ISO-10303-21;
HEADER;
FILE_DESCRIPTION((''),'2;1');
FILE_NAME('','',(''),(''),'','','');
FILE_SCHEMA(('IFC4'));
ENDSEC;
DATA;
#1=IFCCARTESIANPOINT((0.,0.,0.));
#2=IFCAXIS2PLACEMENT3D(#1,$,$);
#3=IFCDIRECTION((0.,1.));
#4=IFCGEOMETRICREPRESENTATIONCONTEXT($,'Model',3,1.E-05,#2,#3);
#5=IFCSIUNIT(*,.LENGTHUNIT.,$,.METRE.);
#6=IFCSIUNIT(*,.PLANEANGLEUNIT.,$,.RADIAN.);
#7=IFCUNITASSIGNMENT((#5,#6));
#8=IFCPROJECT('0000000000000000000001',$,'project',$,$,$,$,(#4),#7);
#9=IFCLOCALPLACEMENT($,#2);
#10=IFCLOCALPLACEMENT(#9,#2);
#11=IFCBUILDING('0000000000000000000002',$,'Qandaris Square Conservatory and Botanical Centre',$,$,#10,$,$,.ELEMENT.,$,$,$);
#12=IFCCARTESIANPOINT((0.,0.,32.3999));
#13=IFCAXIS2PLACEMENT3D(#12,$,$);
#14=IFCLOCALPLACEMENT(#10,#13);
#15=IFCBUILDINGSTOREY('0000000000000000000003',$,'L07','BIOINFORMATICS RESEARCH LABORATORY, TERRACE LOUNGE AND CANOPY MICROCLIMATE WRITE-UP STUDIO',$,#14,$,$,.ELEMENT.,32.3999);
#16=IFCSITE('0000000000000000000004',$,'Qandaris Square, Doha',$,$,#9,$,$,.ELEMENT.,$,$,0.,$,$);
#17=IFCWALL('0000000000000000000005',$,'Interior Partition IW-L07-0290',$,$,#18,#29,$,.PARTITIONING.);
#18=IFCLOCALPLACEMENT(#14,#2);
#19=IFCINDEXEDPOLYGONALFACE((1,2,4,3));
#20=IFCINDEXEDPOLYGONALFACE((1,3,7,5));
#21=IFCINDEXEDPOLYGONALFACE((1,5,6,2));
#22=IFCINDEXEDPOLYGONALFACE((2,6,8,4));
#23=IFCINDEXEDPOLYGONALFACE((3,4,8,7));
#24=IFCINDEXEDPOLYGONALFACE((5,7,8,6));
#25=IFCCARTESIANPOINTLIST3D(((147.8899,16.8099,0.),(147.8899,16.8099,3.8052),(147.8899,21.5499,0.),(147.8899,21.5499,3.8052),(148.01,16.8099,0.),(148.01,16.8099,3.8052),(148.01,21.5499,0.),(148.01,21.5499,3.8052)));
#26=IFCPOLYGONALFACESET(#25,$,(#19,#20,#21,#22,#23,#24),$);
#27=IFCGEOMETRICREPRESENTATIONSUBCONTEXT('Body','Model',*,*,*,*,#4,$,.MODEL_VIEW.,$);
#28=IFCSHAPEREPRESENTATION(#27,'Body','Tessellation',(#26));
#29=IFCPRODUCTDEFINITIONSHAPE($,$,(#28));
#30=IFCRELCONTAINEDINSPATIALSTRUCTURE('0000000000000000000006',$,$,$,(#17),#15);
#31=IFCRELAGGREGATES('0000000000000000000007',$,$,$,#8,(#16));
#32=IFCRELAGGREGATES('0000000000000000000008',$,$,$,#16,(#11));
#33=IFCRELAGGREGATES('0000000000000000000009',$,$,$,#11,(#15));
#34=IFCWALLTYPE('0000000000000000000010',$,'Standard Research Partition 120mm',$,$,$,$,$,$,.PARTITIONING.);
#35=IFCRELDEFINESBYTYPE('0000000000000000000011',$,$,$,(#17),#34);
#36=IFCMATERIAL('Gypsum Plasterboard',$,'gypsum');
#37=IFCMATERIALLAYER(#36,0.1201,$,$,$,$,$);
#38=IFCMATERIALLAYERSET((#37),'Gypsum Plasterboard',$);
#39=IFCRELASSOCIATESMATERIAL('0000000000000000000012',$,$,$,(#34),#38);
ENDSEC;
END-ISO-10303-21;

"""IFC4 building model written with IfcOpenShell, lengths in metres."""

from ifc_helpers import new_model, si_unit, direction, frame, frame_2d, origin, place, context, subcontext, project, spatial, rectangle, extrude, material, layer, layer_set, type_object, element, save


model = new_model("IFC4")

# Units and contexts
model_context = context("Model", 3, precision=1e-05, world=origin(), true_north=direction((0.0, 1.0)))
body_context = subcontext(model_context, "Body", "Model", "MODEL_VIEW")
ifc_project = project(units=[si_unit("LENGTHUNIT", "METRE"), si_unit("PLANEANGLEUNIT", "RADIAN")], contexts=[model_context])

# Site, building, storey
site_placement = place(None, origin())
site = spatial("IfcSite", under=ifc_project, at=site_placement, Name="Qandaris Square, Doha", CompositionType="ELEMENT", RefElevation=0.0)
building_placement = place(site_placement, origin())
building = spatial("IfcBuilding", under=site, at=building_placement, Name="Qandaris Square Conservatory and Botanical Centre", CompositionType="ELEMENT")
storey_placement = place(building_placement, frame((0.0, 0.0, 32.3999)))
storey = spatial("IfcBuildingStorey", under=building, at=storey_placement, Name="L07", Description="BIOINFORMATICS RESEARCH LABORATORY, TERRACE LOUNGE AND CANOPY MICROCLIMATE WRITE-UP STUDIO", CompositionType="ELEMENT", Elevation=32.3999)

# Shared definitions
ifc_material_1 = material(Name="Gypsum Plasterboard", Category="gypsum")

# Wall
ifc_layer_1 = layer(ifc_material_1, 0.1201)
ifc_layer_set_1 = layer_set([ifc_layer_1], Name="Gypsum Plasterboard")
wall_type_1 = type_object("IfcWallType", Name="Standard Research Partition 120mm", PredefinedType="PARTITIONING", material=ifc_layer_set_1)
wall_1_placement = place(storey_placement, frame((147.95, 21.55, 0.0), z_axis=(0.0, 0.0, 1.0), x_axis=(0.0, -1.0, 0.0)))
element("IfcWall", 1, at=wall_1_placement, inside=storey, type_object=wall_type_1, Name="Interior Partition IW-L07-0290", PredefinedType="PARTITIONING", context=body_context, shape_type="SweptSolid", body=[
    extrude(rectangle(XDim=4.74, YDim=0.1201, at=frame_2d((2.3701, 0.0))), origin(), (0.0, 0.0, 1.0), 3.8052),
])

save(model, "model.ifc")
